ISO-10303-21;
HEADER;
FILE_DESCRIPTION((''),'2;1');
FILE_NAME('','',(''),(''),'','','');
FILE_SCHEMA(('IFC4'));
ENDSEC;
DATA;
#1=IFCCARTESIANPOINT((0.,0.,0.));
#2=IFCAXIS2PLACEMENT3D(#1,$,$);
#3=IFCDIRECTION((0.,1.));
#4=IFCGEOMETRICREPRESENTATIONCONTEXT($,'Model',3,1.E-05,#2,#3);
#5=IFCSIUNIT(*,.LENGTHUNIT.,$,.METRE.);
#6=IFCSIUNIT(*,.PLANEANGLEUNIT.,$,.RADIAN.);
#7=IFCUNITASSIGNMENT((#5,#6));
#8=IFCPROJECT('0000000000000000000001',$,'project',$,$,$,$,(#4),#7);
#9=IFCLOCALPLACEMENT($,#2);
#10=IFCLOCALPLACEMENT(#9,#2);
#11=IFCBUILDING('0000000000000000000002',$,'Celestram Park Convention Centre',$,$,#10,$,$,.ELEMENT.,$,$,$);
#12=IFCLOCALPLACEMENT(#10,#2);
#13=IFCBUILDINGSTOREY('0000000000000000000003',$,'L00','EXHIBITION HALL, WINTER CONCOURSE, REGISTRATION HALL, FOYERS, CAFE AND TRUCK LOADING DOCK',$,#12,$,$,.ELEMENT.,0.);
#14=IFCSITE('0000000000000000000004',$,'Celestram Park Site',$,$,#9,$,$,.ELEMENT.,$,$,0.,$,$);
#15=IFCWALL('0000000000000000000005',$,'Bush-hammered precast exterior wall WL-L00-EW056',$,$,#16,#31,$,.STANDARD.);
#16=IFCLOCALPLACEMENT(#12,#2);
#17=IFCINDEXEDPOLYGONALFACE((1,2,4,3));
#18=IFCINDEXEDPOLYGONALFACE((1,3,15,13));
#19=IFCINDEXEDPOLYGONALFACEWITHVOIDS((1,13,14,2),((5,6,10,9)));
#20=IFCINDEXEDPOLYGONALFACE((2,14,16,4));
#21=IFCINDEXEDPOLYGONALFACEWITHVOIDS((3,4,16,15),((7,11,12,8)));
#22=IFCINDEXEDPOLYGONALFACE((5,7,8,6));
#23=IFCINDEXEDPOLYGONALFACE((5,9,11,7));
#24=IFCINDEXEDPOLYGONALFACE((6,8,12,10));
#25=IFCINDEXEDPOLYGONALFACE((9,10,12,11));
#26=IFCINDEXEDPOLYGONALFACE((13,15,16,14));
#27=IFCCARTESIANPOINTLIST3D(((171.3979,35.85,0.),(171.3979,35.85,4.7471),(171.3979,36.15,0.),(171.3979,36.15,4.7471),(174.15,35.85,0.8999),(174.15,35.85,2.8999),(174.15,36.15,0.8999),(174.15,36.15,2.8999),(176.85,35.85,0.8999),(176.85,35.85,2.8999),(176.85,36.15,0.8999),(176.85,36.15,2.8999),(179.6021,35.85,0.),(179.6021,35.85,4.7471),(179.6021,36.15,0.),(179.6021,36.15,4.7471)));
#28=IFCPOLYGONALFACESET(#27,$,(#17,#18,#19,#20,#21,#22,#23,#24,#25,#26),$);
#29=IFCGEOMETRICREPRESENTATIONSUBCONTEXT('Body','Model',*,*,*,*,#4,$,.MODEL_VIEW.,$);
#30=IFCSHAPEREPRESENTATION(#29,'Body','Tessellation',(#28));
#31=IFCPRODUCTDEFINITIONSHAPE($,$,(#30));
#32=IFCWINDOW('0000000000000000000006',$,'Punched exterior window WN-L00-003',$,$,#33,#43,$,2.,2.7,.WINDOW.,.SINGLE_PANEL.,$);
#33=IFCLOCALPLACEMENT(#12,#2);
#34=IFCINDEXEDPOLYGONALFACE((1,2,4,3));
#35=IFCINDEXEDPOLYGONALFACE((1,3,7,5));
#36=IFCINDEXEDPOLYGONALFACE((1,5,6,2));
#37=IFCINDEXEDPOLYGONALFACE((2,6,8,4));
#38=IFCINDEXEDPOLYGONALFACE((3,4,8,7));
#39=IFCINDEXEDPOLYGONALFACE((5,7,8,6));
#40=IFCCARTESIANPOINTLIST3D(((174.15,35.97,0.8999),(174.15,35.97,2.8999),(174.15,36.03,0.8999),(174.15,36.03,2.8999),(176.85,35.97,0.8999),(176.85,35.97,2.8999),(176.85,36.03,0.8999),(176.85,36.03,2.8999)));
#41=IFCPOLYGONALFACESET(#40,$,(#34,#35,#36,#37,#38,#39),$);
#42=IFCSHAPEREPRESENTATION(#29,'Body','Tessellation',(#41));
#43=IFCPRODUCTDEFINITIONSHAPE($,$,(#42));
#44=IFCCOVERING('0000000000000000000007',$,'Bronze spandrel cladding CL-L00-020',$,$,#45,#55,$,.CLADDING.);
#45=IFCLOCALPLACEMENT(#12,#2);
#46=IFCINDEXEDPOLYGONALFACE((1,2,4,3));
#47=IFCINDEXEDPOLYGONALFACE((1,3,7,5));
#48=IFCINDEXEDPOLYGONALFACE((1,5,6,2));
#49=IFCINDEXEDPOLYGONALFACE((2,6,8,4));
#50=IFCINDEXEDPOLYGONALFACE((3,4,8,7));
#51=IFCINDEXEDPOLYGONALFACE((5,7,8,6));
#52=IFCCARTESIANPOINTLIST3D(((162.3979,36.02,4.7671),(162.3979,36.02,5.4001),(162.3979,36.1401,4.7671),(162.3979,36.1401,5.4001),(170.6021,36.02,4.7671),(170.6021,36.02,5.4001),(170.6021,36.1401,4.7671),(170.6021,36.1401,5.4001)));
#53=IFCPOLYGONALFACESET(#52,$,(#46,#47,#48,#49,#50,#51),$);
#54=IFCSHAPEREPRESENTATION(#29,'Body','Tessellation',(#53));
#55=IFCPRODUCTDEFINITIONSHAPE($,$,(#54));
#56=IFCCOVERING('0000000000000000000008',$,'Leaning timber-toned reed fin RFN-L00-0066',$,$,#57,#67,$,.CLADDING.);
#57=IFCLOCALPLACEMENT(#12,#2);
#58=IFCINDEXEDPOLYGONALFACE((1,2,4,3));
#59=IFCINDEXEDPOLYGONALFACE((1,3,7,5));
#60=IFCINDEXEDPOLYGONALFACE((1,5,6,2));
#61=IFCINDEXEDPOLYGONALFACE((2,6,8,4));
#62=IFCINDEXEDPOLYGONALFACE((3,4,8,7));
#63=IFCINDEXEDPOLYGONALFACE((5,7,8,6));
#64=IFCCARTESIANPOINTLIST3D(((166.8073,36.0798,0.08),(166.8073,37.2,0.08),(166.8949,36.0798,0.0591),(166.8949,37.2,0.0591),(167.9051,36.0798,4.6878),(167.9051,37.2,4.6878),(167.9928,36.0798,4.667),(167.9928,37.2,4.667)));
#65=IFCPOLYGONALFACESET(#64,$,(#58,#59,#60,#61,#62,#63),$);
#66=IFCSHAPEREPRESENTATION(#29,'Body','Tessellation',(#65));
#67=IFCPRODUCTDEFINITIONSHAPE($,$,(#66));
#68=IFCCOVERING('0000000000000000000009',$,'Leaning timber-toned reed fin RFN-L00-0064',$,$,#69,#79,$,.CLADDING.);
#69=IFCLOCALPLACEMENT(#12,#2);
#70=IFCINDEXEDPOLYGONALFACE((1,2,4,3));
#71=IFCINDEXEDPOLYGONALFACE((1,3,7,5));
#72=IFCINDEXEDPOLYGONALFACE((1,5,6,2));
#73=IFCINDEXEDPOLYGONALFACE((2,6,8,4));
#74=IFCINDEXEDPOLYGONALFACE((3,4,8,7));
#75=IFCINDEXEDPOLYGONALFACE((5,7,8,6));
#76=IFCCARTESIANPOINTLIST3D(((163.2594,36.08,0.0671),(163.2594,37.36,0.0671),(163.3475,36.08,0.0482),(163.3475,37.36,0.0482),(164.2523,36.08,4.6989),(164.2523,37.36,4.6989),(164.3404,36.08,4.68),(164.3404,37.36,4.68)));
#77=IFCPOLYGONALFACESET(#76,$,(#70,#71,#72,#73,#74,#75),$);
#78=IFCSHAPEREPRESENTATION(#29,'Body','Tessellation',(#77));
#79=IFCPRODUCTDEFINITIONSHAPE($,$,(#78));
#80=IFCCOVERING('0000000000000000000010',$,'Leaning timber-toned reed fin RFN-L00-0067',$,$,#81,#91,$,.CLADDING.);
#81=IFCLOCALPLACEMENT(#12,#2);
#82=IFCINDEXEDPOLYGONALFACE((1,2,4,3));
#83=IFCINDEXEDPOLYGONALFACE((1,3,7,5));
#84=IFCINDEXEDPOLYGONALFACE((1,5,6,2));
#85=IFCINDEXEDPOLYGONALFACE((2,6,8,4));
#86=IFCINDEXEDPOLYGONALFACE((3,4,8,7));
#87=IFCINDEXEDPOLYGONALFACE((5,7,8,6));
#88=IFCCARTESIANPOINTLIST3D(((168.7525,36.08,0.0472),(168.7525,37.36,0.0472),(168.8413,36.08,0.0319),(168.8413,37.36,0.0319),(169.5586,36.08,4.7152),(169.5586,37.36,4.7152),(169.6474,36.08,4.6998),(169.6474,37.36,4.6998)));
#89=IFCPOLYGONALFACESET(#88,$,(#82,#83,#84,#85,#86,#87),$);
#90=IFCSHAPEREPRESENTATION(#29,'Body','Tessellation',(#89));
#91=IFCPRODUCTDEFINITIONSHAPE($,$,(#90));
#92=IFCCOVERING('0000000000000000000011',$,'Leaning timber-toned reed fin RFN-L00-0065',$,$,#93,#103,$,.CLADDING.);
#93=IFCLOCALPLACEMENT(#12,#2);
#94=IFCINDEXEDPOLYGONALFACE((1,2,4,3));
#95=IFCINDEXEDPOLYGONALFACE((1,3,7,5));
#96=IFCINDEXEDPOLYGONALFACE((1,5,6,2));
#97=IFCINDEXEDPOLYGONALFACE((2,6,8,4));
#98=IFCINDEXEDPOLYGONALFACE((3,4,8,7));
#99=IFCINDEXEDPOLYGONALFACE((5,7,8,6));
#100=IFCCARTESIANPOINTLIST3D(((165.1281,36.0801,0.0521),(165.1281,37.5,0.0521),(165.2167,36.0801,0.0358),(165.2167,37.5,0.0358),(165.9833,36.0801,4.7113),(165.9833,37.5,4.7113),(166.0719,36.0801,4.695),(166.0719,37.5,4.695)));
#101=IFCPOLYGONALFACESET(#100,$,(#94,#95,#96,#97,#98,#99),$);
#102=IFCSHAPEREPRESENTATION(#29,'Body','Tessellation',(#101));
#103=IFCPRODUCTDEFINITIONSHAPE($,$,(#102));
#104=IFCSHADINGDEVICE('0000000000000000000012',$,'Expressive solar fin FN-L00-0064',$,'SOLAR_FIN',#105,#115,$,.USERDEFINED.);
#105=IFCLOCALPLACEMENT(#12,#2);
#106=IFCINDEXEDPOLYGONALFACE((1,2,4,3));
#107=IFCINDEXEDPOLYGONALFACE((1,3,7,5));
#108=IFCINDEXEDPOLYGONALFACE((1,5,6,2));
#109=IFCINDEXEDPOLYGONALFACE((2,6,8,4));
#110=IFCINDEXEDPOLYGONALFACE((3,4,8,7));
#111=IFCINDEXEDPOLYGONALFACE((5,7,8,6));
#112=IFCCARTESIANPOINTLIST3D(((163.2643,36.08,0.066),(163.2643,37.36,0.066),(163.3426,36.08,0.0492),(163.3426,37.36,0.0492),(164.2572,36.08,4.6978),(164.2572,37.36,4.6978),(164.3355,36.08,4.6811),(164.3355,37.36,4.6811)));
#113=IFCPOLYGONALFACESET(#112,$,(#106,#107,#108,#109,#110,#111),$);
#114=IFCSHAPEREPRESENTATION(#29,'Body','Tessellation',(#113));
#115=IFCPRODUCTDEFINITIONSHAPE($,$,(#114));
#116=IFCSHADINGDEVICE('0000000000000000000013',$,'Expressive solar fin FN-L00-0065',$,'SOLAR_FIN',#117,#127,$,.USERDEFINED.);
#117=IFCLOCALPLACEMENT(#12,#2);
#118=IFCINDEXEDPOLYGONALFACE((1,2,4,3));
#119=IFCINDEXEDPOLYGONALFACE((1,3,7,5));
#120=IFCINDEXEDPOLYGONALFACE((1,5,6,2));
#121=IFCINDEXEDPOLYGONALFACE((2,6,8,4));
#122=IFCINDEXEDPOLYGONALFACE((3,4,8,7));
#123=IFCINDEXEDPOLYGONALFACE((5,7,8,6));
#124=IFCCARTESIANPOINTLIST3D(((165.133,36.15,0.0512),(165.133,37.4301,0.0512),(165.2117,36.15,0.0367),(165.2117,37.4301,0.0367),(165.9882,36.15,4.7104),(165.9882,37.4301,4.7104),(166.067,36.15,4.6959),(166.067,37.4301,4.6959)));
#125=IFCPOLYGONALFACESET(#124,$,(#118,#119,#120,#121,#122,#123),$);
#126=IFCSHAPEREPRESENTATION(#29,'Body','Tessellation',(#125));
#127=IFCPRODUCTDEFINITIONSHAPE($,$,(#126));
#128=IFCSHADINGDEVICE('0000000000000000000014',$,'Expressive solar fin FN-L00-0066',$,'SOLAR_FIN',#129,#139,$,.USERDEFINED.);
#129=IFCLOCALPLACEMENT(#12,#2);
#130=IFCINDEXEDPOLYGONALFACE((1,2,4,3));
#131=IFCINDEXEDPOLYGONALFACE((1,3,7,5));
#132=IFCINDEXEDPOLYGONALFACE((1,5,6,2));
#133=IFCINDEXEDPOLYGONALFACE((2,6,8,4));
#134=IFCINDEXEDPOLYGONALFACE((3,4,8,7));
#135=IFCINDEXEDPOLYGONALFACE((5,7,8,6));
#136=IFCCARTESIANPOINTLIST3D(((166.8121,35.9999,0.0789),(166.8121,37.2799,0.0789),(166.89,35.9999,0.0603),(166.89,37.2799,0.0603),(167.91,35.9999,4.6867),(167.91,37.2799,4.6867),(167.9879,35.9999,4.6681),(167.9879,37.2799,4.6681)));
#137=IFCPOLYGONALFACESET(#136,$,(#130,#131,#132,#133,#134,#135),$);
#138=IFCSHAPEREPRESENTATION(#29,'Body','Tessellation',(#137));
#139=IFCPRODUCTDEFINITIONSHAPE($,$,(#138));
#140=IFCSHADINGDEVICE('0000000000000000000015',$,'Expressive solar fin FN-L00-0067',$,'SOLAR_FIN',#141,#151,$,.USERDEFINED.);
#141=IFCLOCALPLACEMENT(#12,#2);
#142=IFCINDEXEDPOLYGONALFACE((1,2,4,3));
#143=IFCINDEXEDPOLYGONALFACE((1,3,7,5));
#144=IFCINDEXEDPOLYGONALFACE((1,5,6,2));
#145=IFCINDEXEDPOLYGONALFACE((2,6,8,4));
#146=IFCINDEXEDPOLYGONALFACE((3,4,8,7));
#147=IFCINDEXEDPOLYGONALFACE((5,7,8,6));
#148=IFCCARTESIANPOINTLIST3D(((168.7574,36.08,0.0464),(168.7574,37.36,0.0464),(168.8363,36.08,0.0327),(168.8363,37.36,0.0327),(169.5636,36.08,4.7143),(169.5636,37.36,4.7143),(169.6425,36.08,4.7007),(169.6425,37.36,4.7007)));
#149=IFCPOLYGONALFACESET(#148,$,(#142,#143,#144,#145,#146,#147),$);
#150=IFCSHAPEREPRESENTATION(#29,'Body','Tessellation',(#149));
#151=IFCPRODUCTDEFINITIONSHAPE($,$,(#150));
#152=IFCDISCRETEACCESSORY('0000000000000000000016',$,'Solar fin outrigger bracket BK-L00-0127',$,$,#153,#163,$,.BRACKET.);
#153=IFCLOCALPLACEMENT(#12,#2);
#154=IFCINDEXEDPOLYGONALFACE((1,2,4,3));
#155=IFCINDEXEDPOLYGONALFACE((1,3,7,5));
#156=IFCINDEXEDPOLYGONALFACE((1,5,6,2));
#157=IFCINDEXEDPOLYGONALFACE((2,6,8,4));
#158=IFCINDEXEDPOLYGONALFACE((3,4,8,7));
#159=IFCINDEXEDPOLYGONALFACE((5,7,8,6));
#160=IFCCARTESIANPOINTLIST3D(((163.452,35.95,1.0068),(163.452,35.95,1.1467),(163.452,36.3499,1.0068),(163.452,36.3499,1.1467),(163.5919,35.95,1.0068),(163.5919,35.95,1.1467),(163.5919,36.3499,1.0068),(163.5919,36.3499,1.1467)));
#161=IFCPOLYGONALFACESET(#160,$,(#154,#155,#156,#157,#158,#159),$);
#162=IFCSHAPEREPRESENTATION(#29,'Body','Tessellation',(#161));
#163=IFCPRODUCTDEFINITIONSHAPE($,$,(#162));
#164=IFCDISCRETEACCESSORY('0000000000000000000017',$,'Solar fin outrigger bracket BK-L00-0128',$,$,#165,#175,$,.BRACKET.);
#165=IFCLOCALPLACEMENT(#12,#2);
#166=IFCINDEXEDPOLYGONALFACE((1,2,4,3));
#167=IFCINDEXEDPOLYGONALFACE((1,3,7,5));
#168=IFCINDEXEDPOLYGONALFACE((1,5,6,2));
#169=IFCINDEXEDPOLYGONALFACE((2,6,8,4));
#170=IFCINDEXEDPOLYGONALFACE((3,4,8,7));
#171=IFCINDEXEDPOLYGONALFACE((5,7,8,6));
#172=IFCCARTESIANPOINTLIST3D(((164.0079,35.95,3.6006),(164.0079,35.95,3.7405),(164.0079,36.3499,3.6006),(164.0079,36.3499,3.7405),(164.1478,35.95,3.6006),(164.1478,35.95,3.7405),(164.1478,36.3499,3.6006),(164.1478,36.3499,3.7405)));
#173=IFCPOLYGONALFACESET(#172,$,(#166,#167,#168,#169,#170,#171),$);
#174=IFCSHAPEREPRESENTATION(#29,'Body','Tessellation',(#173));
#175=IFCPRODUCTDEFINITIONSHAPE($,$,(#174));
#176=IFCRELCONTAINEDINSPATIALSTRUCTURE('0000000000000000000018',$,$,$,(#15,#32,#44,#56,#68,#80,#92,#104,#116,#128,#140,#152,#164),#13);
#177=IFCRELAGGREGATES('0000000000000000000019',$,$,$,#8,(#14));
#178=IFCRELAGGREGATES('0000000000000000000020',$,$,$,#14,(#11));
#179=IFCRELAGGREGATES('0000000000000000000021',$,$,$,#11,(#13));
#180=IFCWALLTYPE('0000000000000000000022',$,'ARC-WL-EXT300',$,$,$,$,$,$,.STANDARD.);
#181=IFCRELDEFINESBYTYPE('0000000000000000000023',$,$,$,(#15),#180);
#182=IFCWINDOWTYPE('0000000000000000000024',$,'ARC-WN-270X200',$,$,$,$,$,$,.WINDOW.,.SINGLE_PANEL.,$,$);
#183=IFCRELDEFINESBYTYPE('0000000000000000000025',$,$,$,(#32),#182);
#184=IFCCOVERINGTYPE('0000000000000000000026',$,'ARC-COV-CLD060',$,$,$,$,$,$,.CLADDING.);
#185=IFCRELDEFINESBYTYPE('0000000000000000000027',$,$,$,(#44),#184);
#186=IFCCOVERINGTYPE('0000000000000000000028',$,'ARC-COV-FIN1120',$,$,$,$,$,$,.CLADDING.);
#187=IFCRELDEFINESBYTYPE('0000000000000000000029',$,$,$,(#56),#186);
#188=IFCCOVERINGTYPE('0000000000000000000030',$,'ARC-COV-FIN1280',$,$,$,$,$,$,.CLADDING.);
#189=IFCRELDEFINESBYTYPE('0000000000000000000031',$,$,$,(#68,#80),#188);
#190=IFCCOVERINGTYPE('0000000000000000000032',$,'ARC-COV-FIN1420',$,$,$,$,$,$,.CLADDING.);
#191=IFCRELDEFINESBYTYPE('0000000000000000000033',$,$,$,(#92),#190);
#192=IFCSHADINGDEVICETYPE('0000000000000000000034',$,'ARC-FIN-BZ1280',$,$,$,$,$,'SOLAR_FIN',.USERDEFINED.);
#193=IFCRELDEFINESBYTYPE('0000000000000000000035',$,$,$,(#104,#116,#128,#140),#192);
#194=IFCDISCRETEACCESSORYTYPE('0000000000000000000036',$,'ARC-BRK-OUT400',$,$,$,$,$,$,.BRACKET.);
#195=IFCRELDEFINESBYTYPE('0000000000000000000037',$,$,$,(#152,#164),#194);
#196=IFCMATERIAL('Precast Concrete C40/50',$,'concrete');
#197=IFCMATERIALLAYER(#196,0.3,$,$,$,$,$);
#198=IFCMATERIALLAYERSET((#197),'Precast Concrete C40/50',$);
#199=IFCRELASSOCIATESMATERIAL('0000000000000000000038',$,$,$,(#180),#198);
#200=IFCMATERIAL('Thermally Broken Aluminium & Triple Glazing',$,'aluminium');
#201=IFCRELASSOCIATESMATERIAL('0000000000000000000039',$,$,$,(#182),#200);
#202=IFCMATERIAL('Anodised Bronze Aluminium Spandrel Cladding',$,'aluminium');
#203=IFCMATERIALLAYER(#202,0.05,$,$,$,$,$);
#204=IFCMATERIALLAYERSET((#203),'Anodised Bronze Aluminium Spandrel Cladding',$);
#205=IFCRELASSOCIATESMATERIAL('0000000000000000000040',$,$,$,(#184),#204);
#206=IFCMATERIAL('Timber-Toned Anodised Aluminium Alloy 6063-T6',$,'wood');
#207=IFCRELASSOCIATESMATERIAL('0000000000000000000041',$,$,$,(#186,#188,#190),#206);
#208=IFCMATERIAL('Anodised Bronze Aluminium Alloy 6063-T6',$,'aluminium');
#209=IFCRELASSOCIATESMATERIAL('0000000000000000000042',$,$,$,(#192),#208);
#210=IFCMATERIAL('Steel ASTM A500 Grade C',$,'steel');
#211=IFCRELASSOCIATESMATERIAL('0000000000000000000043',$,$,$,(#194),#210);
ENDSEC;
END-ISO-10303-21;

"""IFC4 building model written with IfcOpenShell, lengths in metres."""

from ifc_helpers import new_model, si_unit, direction, frame, frame_2d, origin, origin_2d, place, context, subcontext, project, spatial, rectangle, extrude, material, layer, layer_set, material_profile, profile_set, type_object, element, fill, save


model = new_model("IFC4")

# Units and contexts
model_context = context("Model", 3, precision=1e-05, world=origin(), true_north=direction((0.0, 1.0)))
body_context = subcontext(model_context, "Body", "Model", "MODEL_VIEW")
ifc_project = project(units=[si_unit("LENGTHUNIT", "METRE"), si_unit("PLANEANGLEUNIT", "RADIAN")], contexts=[model_context])

# Site, building, storey
site_placement = place(None, origin())
site = spatial("IfcSite", under=ifc_project, at=site_placement, Name="Celestram Park Site", CompositionType="ELEMENT", RefElevation=0.0)
building_placement = place(site_placement, origin())
building = spatial("IfcBuilding", under=site, at=building_placement, Name="Celestram Park Convention Centre", CompositionType="ELEMENT")
storey_placement = place(building_placement, origin())
storey = spatial("IfcBuildingStorey", under=building, at=storey_placement, Name="L00", Description="EXHIBITION HALL, WINTER CONCOURSE, REGISTRATION HALL, FOYERS, CAFE AND TRUCK LOADING DOCK", CompositionType="ELEMENT", Elevation=0.0)

# Wall, opening, window
ifc_material_1 = material(Name="Precast Concrete C40/50", Category="concrete")
ifc_layer_1 = layer(ifc_material_1, 0.3)
ifc_layer_set_1 = layer_set([ifc_layer_1], Name="Precast Concrete C40/50")
wall_type = type_object("IfcWallType", Name="ARC-WL-EXT300", PredefinedType="STANDARD", material=ifc_layer_set_1)
wall_placement = place(storey_placement, frame((171.3979, 36.0, 0.0), z_axis=(0.0, 0.0, 1.0), x_axis=(1.0, 0.0, 0.0)))
wall = element("IfcWall", 1, at=wall_placement, inside=storey, type_object=wall_type, Name="Bush-hammered precast exterior wall WL-L00-EW056", PredefinedType="STANDARD", context=body_context, shape_type="SweptSolid", body=[
    extrude(rectangle(XDim=8.2041, YDim=0.3, at=frame_2d((4.1021, 0.0))), origin(), (0.0, 0.0, 1.0), 4.7471),
])
opening_placement = place(wall_placement, frame((2.752, 0.0, 0.8999)))
opening = element("IfcOpeningElement", 2, at=opening_placement, cuts=wall, PredefinedType="OPENING", context=body_context, shape_type="SweptSolid", body=[
    extrude(rectangle(XDim=2.7, YDim=2.0, at=frame_2d((1.3501, 1.0))), frame((0.0, 0.1599, 0.0), z_axis=(0.0, -1.0, 0.0), x_axis=(1.0, 0.0, 0.0)), (0.0, 0.0, 1.0), 0.3201),
])
ifc_material_2 = material(Name="Thermally Broken Aluminium & Triple Glazing", Category="aluminium")
window_type = type_object("IfcWindowType", Name="ARC-WN-270X200", PartitioningType="SINGLE_PANEL", PredefinedType="WINDOW", material=ifc_material_2)
window_placement = place(opening_placement, origin())
window = element("IfcWindow", 3, at=window_placement, inside=storey, type_object=window_type, Name="Punched exterior window WN-L00-003", OverallHeight=2.0, OverallWidth=2.7, PartitioningType="SINGLE_PANEL", PredefinedType="WINDOW", context=body_context, shape_type="SweptSolid", body=[
    extrude(rectangle(XDim=2.7, YDim=2.0, at=frame_2d((1.3501, 1.0))), frame((0.0, 0.03, 0.0), z_axis=(0.0, -1.0, 0.0), x_axis=(1.0, 0.0, 0.0)), (0.0, 0.0, 1.0), 0.0601),
])
fill(opening, window)

# Coverings
ifc_material_3 = material(Name="Anodised Bronze Aluminium Spandrel Cladding", Category="aluminium")
ifc_layer_2 = layer(ifc_material_3, 0.05)
ifc_layer_set_2 = layer_set([ifc_layer_2], Name="Anodised Bronze Aluminium Spandrel Cladding")
covering_type_1 = type_object("IfcCoveringType", Name="ARC-COV-CLD060", PredefinedType="CLADDING", material=ifc_layer_set_2)
covering_1_placement = place(storey_placement, frame((166.5, 36.0801, 4.7671), z_axis=(0.0, 0.0, 1.0), x_axis=(1.0, 0.0, 0.0)))
element("IfcCovering", 4, at=covering_1_placement, inside=storey, type_object=covering_type_1, Name="Bronze spandrel cladding CL-L00-020", PredefinedType="CLADDING", context=body_context, shape_type="SweptSolid", body=[
    extrude(rectangle(XDim=8.2041, YDim=0.1201, at=origin_2d()), origin(), (0.0, 0.0, 1.0), 0.6331),
])
ifc_material_4 = material(Name="Timber-Toned Anodised Aluminium Alloy 6063-T6", Category="wood")
ifc_material_profile_1 = material_profile(ifc_material_4, rectangle(XDim=1.1201, YDim=0.0901, at=origin_2d()), Name="REED1120X90")
ifc_profile_set_1 = profile_set([ifc_material_profile_1], Name="Timber-Toned Anodised Aluminium Alloy 6063-T6")
covering_type_2 = type_object("IfcCoveringType", Name="ARC-COV-FIN1120", PredefinedType="CLADDING", material=ifc_profile_set_1)
covering_2_placement = place(storey_placement, frame((166.8511, 36.6399, 0.0696), z_axis=(0.231776, 0.0, 0.972769), x_axis=(0.0, 1.0, 0.0)))
element("IfcCovering", 5, at=covering_2_placement, inside=storey, type_object=covering_type_2, Name="Leaning timber-toned reed fin RFN-L00-0066", PredefinedType="CLADDING", context=body_context, shape_type="SweptSolid", body=[
    extrude(rectangle(XDim=1.1201, YDim=0.0901, at=origin_2d()), origin(), (0.0, 0.0, 1.0), 4.7368),
])
ifc_material_profile_2 = material_profile(ifc_material_4, rectangle(XDim=1.28, YDim=0.0901, at=origin_2d()), Name="REED1280X90")
ifc_profile_set_2 = profile_set([ifc_material_profile_2], Name="Timber-Toned Anodised Aluminium Alloy 6063-T6")
covering_type_3 = type_object("IfcCoveringType", Name="ARC-COV-FIN1280", PredefinedType="CLADDING", material=ifc_profile_set_2)
for number, where, z_axis, x_axis, name in (
    (6, (163.3035, 36.72, 0.0576), (0.209607, 0.0, 0.977786), (0.0, 1.0, 0.0), "Leaning timber-toned reed fin RFN-L00-0064"),
    (7, (168.7969, 36.72, 0.0396), (0.17018, 0.0, 0.985413), (0.0, 1.0, 0.0), "Leaning timber-toned reed fin RFN-L00-0067"),
):
    element("IfcCovering", number, at=place(storey_placement, frame(where, z_axis=z_axis, x_axis=x_axis)), inside=storey, type_object=covering_type_3, Name=name, PredefinedType="CLADDING", context=body_context, shape_type="SweptSolid", body=[
        extrude(rectangle(XDim=1.28, YDim=0.0901, at=origin_2d()), origin(), (0.0, 0.0, 1.0), 4.7371),
    ])
ifc_material_profile_3 = material_profile(ifc_material_4, rectangle(XDim=1.4199, YDim=0.0901, at=origin_2d()), Name="REED1420X90")
ifc_profile_set_3 = profile_set([ifc_material_profile_3], Name="Timber-Toned Anodised Aluminium Alloy 6063-T6")
covering_type_4 = type_object("IfcCoveringType", Name="ARC-COV-FIN1420", PredefinedType="CLADDING", material=ifc_profile_set_3)
covering_3_placement = place(storey_placement, frame((165.1724, 36.79, 0.0439), z_axis=(0.180541, 0.0, 0.983568), x_axis=(0.0, 1.0, 0.0)))
element("IfcCovering", 8, at=covering_3_placement, inside=storey, type_object=covering_type_4, Name="Leaning timber-toned reed fin RFN-L00-0065", PredefinedType="CLADDING", context=body_context, shape_type="SweptSolid", body=[
    extrude(rectangle(XDim=1.4199, YDim=0.0901, at=origin_2d()), origin(), (0.0, 0.0, 1.0), 4.7371),
])

# Shading devices
ifc_material_5 = material(Name="Anodised Bronze Aluminium Alloy 6063-T6", Category="aluminium")
ifc_material_profile_4 = material_profile(ifc_material_5, rectangle(XDim=1.28, YDim=0.0801, at=origin_2d()), Name="FIN1280X80")
ifc_profile_set_4 = profile_set([ifc_material_profile_4], Name="Anodised Bronze Aluminium Alloy 6063-T6")
shading_device_type = type_object("IfcShadingDeviceType", Name="ARC-FIN-BZ1280", ElementType="SOLAR_FIN", PredefinedType="USERDEFINED", material=ifc_profile_set_4)
for number, where, z_axis, x_axis, name in (
    (9, (163.3035, 36.72, 0.0576), (0.209607, 0.0, 0.977786), (0.0, 1.0, 0.0), "Expressive solar fin FN-L00-0064"),
    (10, (165.1724, 36.79, 0.0439), (0.180541, 0.0, 0.983568), (0.0, 1.0, 0.0), "Expressive solar fin FN-L00-0065"),
):
    element("IfcShadingDevice", number, at=place(storey_placement, frame(where, z_axis=z_axis, x_axis=x_axis)), inside=storey, type_object=shading_device_type, Name=name, ObjectType="SOLAR_FIN", PredefinedType="USERDEFINED", context=body_context, shape_type="SweptSolid", body=[
        extrude(rectangle(XDim=1.28, YDim=0.0801, at=origin_2d()), origin(), (0.0, 0.0, 1.0), 4.7371),
    ])
shading_device_1_placement = place(storey_placement, frame((166.8511, 36.6399, 0.0696), z_axis=(0.231776, 0.0, 0.972769), x_axis=(0.0, 1.0, 0.0)))
element("IfcShadingDevice", 11, at=shading_device_1_placement, inside=storey, type_object=shading_device_type, Name="Expressive solar fin FN-L00-0066", ObjectType="SOLAR_FIN", PredefinedType="USERDEFINED", context=body_context, shape_type="SweptSolid", body=[
    extrude(rectangle(XDim=1.28, YDim=0.0801, at=origin_2d()), origin(), (0.0, 0.0, 1.0), 4.7368),
])
shading_device_2_placement = place(storey_placement, frame((168.7969, 36.72, 0.0396), z_axis=(0.17018, 0.0, 0.985413), x_axis=(0.0, 1.0, 0.0)))
element("IfcShadingDevice", 12, at=shading_device_2_placement, inside=storey, type_object=shading_device_type, Name="Expressive solar fin FN-L00-0067", ObjectType="SOLAR_FIN", PredefinedType="USERDEFINED", context=body_context, shape_type="SweptSolid", body=[
    extrude(rectangle(XDim=1.28, YDim=0.0801, at=origin_2d()), origin(), (0.0, 0.0, 1.0), 4.7371),
])

# Discrete accessories
ifc_material_6 = material(Name="Steel ASTM A500 Grade C", Category="steel")
discrete_accessory_type = type_object("IfcDiscreteAccessoryType", Name="ARC-BRK-OUT400", PredefinedType="BRACKET", material=ifc_material_6)
for number, where, z_axis, x_axis, name in (
    (13, (163.522, 36.1499, 1.0068), (0.0, 0.0, 1.0), (0.0, 1.0, 0.0), "Solar fin outrigger bracket BK-L00-0127"),
    (14, (164.0779, 36.1499, 3.6006), (0.0, 0.0, 1.0), (0.0, 1.0, 0.0), "Solar fin outrigger bracket BK-L00-0128"),
):
    element("IfcDiscreteAccessory", number, at=place(storey_placement, frame(where, z_axis=z_axis, x_axis=x_axis)), inside=storey, type_object=discrete_accessory_type, Name=name, PredefinedType="BRACKET", context=body_context, shape_type="SweptSolid", body=[
        extrude(rectangle(XDim=0.3999, YDim=0.1399, at=origin_2d()), origin(), (0.0, 0.0, 1.0), 0.1399),
    ])

save(model, "model.ifc")
